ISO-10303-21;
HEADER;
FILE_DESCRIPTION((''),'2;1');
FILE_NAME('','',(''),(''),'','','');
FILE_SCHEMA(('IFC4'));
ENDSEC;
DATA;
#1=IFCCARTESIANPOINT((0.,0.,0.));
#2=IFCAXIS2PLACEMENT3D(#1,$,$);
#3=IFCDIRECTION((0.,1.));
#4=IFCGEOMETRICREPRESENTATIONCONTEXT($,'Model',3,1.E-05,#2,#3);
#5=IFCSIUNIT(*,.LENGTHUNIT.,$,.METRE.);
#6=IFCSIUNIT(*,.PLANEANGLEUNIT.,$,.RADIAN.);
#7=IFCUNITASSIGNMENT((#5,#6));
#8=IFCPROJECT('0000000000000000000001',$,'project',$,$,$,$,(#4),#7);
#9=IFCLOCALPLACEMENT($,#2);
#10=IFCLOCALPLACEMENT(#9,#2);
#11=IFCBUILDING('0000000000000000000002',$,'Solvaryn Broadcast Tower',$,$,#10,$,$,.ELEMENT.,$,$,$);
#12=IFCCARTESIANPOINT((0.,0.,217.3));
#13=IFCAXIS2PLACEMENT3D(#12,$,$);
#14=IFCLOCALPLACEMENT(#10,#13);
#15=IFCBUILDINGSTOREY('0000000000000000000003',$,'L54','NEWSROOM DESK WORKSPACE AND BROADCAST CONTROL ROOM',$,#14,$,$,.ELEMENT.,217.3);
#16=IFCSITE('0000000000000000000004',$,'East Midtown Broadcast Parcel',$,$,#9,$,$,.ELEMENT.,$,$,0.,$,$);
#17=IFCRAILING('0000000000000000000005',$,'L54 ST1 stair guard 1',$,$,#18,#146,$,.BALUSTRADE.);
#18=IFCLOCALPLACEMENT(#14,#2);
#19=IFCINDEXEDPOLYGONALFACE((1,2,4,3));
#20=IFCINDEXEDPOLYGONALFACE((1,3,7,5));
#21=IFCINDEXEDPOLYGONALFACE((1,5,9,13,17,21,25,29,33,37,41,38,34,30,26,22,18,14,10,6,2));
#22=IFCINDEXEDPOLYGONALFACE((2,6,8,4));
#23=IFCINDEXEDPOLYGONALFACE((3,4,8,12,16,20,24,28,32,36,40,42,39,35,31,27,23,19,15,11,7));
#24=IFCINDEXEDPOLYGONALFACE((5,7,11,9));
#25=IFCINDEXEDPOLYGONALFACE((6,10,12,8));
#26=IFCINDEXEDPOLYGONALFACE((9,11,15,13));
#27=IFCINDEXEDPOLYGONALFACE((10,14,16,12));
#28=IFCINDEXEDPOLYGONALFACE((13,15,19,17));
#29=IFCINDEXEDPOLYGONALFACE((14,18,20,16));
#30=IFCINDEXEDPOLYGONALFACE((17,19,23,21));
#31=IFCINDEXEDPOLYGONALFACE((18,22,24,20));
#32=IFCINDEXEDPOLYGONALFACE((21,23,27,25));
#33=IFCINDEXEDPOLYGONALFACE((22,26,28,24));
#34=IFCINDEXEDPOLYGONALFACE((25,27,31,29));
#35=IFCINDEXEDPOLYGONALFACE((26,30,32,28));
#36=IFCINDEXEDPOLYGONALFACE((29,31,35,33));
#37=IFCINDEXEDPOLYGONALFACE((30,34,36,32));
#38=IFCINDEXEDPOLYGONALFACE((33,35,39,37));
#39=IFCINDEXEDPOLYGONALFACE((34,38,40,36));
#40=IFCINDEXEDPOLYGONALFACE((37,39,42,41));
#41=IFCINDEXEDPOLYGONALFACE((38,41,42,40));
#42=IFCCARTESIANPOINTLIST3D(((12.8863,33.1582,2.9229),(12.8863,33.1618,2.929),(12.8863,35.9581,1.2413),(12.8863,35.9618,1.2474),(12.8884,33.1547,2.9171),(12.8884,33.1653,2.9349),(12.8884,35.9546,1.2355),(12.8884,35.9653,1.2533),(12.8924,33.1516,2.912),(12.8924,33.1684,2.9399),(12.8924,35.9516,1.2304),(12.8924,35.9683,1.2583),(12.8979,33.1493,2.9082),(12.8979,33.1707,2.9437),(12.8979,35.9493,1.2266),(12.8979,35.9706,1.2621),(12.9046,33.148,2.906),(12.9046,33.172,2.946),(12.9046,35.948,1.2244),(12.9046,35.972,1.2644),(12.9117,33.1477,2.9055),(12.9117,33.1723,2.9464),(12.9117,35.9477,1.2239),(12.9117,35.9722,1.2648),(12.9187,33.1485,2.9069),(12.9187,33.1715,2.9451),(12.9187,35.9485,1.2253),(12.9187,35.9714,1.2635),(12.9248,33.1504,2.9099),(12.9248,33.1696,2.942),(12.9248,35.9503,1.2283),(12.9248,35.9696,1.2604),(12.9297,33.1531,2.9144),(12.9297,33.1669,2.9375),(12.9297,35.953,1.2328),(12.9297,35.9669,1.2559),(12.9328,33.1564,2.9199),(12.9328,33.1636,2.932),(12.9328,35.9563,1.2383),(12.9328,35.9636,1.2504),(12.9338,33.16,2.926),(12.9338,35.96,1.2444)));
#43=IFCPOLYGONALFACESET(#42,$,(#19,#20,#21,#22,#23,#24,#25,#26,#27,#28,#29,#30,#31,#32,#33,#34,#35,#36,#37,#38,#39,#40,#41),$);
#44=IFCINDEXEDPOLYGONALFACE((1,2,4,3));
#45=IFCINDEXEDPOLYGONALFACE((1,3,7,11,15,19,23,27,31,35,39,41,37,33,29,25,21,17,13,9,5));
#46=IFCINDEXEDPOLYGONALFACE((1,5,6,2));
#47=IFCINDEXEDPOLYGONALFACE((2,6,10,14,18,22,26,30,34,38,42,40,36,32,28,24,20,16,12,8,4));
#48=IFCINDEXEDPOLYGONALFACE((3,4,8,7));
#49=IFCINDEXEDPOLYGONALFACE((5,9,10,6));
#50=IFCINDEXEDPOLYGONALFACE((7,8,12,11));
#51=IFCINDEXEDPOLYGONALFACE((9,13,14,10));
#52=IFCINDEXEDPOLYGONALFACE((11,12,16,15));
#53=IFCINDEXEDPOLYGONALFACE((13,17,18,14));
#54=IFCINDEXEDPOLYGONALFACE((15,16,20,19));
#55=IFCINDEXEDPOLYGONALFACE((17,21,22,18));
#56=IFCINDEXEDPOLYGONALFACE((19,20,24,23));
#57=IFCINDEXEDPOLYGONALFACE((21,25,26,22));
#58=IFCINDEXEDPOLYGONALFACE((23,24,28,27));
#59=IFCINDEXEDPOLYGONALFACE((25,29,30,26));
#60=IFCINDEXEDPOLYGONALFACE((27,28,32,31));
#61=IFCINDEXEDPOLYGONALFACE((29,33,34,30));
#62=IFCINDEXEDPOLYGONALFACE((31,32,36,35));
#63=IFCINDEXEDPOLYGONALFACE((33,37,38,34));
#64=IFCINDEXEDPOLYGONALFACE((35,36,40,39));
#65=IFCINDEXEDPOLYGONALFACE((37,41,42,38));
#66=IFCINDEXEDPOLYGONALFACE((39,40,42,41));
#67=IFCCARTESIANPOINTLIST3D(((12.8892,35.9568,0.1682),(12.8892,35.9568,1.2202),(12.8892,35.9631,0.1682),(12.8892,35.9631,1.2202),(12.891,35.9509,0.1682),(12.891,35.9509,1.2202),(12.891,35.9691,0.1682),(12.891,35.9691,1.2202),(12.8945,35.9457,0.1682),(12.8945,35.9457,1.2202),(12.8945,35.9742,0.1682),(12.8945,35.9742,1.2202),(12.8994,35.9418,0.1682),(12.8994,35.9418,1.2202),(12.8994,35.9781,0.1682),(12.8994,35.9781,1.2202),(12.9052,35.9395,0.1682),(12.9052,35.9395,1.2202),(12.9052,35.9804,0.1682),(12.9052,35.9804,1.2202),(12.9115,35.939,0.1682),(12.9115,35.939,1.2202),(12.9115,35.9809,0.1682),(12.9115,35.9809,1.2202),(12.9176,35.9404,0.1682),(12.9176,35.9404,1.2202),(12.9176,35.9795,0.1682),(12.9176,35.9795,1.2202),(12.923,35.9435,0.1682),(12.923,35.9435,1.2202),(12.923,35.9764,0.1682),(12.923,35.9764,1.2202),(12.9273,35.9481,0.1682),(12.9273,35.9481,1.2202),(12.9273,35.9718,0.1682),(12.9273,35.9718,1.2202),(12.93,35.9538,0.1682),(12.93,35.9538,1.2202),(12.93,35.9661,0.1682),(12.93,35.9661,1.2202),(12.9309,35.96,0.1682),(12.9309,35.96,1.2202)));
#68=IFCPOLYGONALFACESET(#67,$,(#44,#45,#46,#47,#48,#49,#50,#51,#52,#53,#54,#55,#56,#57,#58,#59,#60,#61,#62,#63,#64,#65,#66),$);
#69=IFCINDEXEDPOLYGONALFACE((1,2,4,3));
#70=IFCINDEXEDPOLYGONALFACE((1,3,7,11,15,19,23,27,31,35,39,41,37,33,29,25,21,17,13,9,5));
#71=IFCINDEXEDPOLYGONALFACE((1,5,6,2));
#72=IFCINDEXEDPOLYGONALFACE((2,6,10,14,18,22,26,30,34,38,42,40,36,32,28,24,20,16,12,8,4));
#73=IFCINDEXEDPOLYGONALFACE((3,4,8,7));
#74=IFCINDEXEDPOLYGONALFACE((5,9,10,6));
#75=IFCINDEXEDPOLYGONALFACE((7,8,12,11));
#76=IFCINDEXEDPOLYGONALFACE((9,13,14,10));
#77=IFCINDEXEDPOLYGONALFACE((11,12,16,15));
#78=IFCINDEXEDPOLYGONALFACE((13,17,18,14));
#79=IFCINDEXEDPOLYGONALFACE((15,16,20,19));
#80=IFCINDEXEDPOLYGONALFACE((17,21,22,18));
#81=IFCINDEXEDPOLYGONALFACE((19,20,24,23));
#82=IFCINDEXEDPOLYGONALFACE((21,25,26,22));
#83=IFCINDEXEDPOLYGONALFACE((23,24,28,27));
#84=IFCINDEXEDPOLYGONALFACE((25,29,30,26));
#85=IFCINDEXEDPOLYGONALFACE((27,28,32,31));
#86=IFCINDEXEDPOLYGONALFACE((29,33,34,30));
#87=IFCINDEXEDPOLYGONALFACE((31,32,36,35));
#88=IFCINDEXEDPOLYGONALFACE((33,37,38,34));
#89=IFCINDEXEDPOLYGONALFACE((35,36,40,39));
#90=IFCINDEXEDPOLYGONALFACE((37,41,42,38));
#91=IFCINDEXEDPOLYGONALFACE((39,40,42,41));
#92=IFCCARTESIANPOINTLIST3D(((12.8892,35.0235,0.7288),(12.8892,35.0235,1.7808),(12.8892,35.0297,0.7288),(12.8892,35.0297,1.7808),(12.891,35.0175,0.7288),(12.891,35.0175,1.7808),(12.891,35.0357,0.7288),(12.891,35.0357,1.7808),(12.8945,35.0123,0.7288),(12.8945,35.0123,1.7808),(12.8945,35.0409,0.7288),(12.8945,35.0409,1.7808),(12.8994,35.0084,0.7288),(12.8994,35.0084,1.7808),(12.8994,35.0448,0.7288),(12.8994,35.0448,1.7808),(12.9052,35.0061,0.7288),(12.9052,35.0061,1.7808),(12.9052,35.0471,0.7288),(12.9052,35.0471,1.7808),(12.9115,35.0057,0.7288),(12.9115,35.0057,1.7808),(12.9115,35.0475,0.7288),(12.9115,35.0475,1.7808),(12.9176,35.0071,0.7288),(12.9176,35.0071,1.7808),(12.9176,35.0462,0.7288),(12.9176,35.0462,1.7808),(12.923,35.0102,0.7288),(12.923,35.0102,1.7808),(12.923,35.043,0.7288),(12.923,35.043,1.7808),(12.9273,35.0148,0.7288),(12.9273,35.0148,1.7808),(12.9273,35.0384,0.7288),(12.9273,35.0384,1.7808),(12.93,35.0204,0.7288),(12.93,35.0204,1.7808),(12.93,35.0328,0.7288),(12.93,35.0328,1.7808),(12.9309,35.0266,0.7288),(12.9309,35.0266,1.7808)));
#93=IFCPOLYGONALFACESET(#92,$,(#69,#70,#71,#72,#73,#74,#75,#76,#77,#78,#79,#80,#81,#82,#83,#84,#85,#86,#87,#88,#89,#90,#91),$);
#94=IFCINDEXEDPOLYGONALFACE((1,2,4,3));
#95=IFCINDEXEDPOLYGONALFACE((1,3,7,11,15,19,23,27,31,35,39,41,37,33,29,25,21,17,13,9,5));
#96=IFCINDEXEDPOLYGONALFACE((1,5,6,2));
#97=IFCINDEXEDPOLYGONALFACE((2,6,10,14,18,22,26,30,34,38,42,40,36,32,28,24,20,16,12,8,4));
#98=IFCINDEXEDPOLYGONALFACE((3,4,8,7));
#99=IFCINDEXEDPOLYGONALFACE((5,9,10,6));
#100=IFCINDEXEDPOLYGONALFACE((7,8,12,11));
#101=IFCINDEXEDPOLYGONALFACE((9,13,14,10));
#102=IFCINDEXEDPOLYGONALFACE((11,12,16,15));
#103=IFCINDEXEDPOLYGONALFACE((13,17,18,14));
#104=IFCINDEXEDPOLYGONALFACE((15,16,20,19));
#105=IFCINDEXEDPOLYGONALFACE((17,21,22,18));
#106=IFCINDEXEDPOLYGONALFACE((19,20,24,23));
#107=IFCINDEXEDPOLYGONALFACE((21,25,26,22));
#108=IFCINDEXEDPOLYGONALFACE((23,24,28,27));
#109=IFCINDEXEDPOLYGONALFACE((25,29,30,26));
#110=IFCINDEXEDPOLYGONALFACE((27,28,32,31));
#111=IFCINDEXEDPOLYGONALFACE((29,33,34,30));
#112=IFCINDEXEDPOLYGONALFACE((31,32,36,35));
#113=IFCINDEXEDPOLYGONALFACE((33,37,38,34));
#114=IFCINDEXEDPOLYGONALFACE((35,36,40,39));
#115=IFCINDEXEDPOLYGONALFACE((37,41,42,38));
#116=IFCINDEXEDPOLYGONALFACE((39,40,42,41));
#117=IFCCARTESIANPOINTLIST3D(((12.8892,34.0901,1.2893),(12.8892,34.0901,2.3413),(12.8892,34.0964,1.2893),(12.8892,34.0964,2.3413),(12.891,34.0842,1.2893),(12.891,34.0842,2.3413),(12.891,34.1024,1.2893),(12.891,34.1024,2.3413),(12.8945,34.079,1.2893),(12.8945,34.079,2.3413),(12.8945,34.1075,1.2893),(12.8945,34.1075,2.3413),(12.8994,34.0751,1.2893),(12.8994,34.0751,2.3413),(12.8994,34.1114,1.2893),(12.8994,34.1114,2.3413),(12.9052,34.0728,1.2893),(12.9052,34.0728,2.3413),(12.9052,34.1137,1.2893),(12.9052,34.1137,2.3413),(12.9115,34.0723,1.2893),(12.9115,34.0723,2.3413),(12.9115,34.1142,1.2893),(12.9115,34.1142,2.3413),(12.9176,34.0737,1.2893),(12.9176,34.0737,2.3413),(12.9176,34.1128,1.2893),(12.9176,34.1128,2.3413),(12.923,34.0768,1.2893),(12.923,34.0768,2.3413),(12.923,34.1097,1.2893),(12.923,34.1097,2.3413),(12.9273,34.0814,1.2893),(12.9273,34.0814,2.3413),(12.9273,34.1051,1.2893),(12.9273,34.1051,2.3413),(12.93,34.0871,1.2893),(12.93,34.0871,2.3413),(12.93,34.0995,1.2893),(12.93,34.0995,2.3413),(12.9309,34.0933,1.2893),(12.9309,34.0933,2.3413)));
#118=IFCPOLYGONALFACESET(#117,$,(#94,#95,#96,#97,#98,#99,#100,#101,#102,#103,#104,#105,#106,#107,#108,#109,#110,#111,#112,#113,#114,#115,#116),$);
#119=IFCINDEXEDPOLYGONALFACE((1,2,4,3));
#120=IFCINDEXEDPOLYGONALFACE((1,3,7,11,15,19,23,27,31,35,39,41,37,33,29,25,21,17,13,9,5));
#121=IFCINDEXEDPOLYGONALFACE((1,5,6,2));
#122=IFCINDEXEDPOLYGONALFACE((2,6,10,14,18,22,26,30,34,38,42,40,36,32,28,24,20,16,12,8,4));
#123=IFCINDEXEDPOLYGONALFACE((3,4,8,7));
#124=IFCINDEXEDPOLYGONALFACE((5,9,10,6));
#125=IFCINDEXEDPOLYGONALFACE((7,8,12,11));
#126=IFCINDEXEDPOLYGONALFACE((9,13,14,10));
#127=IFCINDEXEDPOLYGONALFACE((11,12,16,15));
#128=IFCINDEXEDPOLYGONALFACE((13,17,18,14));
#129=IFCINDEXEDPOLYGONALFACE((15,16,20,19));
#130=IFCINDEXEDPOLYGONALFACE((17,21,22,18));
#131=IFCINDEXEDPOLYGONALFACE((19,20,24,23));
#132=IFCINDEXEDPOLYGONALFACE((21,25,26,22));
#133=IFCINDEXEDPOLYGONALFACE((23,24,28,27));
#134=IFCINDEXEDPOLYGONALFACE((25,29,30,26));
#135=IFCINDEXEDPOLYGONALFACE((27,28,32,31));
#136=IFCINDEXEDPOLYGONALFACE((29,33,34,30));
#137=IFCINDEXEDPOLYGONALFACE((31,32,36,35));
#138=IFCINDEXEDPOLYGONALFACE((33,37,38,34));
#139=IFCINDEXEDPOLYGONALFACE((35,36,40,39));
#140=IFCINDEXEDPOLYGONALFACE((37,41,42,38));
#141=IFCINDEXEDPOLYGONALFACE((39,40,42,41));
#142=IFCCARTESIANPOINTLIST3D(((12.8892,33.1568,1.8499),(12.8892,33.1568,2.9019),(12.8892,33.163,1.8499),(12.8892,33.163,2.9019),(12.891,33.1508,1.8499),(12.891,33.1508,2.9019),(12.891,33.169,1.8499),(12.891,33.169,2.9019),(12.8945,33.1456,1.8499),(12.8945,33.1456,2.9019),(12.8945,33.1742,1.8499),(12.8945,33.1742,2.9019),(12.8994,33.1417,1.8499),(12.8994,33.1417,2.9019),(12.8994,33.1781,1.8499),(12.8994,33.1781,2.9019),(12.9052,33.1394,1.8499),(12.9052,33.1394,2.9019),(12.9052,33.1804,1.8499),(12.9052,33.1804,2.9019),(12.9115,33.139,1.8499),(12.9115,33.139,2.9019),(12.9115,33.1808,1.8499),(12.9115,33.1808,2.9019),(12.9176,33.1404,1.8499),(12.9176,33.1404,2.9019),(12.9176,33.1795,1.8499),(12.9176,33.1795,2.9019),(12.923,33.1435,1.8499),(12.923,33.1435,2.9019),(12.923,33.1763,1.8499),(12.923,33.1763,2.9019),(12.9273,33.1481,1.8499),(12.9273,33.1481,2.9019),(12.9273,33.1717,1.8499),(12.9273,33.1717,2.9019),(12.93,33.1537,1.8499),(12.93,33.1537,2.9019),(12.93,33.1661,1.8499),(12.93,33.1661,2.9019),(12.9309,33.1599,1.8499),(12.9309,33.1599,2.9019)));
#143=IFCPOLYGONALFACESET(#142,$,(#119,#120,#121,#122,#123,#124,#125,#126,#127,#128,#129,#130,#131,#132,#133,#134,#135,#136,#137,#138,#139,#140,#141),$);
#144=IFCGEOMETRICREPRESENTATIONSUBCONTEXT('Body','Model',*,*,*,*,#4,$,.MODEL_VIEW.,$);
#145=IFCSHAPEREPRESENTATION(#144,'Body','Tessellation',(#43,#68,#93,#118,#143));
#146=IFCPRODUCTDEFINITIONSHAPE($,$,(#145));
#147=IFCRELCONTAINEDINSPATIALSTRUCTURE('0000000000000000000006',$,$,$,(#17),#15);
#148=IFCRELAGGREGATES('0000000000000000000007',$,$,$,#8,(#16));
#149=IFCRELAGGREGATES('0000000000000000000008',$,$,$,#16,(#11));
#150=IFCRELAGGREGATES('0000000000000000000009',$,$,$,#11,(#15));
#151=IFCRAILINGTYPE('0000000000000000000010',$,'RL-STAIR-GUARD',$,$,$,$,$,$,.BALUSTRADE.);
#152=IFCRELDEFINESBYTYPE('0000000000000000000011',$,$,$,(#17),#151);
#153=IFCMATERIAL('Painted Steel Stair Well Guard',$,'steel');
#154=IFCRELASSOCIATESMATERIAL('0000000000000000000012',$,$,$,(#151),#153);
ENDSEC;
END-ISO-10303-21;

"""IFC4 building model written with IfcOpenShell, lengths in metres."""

from ifc_helpers import new_model, si_unit, direction, frame, origin, origin_2d, place, context, subcontext, project, spatial, circle, extrude, material, type_object, element, save


model = new_model("IFC4")

# Units and contexts
model_context = context("Model", 3, precision=1e-05, world=origin(), true_north=direction((0.0, 1.0)))
body_context = subcontext(model_context, "Body", "Model", "MODEL_VIEW")
ifc_project = project(units=[si_unit("LENGTHUNIT", "METRE"), si_unit("PLANEANGLEUNIT", "RADIAN")], contexts=[model_context])

# Site, building, storey
site_placement = place(None, origin())
site = spatial("IfcSite", under=ifc_project, at=site_placement, Name="East Midtown Broadcast Parcel", CompositionType="ELEMENT", RefElevation=0.0)
building_placement = place(site_placement, origin())
building = spatial("IfcBuilding", under=site, at=building_placement, Name="Solvaryn Broadcast Tower", CompositionType="ELEMENT")
storey_placement = place(building_placement, frame((0.0, 0.0, 217.3)))
storey = spatial("IfcBuildingStorey", under=building, at=storey_placement, Name="L54", Description="NEWSROOM DESK WORKSPACE AND BROADCAST CONTROL ROOM", CompositionType="ELEMENT", Elevation=217.3)

# Railing
ifc_material_1 = material(Name="Painted Steel Stair Well Guard", Category="steel")
railing_type_1 = type_object("IfcRailingType", Name="RL-STAIR-GUARD", PredefinedType="BALUSTRADE", material=ifc_material_1)
railing_1_placement = place(storey_placement, frame((12.9099, 35.96, 0.1682)))
element("IfcRailing", 1, at=railing_1_placement, inside=storey, type_object=railing_type_1, Name="L54 ST1 stair guard 1", PredefinedType="BALUSTRADE", context=body_context, shape_type="SweptSolid", body=[
    extrude(circle(Radius=0.0239, at=origin_2d()), frame((0.0, 0.0, 1.0762), z_axis=(0.0, -0.857275, 0.514858), x_axis=(1.0, 0.0, 0.0)), (0.0, 0.0, 1.0), 3.2661),
    extrude(circle(Radius=0.021, at=origin_2d()), origin(), (0.0, 0.0, 1.0), 1.052),
    extrude(circle(Radius=0.021, at=origin_2d()), frame((0.0, -0.9333, 0.5605)), (0.0, 0.0, 1.0), 1.052),
    extrude(circle(Radius=0.021, at=origin_2d()), frame((0.0, -1.8667, 1.1211)), (0.0, 0.0, 1.0), 1.052),
    extrude(circle(Radius=0.021, at=origin_2d()), frame((0.0, -2.8, 1.6816)), (0.0, 0.0, 1.0), 1.052),
])

save(model, "model.ifc")
